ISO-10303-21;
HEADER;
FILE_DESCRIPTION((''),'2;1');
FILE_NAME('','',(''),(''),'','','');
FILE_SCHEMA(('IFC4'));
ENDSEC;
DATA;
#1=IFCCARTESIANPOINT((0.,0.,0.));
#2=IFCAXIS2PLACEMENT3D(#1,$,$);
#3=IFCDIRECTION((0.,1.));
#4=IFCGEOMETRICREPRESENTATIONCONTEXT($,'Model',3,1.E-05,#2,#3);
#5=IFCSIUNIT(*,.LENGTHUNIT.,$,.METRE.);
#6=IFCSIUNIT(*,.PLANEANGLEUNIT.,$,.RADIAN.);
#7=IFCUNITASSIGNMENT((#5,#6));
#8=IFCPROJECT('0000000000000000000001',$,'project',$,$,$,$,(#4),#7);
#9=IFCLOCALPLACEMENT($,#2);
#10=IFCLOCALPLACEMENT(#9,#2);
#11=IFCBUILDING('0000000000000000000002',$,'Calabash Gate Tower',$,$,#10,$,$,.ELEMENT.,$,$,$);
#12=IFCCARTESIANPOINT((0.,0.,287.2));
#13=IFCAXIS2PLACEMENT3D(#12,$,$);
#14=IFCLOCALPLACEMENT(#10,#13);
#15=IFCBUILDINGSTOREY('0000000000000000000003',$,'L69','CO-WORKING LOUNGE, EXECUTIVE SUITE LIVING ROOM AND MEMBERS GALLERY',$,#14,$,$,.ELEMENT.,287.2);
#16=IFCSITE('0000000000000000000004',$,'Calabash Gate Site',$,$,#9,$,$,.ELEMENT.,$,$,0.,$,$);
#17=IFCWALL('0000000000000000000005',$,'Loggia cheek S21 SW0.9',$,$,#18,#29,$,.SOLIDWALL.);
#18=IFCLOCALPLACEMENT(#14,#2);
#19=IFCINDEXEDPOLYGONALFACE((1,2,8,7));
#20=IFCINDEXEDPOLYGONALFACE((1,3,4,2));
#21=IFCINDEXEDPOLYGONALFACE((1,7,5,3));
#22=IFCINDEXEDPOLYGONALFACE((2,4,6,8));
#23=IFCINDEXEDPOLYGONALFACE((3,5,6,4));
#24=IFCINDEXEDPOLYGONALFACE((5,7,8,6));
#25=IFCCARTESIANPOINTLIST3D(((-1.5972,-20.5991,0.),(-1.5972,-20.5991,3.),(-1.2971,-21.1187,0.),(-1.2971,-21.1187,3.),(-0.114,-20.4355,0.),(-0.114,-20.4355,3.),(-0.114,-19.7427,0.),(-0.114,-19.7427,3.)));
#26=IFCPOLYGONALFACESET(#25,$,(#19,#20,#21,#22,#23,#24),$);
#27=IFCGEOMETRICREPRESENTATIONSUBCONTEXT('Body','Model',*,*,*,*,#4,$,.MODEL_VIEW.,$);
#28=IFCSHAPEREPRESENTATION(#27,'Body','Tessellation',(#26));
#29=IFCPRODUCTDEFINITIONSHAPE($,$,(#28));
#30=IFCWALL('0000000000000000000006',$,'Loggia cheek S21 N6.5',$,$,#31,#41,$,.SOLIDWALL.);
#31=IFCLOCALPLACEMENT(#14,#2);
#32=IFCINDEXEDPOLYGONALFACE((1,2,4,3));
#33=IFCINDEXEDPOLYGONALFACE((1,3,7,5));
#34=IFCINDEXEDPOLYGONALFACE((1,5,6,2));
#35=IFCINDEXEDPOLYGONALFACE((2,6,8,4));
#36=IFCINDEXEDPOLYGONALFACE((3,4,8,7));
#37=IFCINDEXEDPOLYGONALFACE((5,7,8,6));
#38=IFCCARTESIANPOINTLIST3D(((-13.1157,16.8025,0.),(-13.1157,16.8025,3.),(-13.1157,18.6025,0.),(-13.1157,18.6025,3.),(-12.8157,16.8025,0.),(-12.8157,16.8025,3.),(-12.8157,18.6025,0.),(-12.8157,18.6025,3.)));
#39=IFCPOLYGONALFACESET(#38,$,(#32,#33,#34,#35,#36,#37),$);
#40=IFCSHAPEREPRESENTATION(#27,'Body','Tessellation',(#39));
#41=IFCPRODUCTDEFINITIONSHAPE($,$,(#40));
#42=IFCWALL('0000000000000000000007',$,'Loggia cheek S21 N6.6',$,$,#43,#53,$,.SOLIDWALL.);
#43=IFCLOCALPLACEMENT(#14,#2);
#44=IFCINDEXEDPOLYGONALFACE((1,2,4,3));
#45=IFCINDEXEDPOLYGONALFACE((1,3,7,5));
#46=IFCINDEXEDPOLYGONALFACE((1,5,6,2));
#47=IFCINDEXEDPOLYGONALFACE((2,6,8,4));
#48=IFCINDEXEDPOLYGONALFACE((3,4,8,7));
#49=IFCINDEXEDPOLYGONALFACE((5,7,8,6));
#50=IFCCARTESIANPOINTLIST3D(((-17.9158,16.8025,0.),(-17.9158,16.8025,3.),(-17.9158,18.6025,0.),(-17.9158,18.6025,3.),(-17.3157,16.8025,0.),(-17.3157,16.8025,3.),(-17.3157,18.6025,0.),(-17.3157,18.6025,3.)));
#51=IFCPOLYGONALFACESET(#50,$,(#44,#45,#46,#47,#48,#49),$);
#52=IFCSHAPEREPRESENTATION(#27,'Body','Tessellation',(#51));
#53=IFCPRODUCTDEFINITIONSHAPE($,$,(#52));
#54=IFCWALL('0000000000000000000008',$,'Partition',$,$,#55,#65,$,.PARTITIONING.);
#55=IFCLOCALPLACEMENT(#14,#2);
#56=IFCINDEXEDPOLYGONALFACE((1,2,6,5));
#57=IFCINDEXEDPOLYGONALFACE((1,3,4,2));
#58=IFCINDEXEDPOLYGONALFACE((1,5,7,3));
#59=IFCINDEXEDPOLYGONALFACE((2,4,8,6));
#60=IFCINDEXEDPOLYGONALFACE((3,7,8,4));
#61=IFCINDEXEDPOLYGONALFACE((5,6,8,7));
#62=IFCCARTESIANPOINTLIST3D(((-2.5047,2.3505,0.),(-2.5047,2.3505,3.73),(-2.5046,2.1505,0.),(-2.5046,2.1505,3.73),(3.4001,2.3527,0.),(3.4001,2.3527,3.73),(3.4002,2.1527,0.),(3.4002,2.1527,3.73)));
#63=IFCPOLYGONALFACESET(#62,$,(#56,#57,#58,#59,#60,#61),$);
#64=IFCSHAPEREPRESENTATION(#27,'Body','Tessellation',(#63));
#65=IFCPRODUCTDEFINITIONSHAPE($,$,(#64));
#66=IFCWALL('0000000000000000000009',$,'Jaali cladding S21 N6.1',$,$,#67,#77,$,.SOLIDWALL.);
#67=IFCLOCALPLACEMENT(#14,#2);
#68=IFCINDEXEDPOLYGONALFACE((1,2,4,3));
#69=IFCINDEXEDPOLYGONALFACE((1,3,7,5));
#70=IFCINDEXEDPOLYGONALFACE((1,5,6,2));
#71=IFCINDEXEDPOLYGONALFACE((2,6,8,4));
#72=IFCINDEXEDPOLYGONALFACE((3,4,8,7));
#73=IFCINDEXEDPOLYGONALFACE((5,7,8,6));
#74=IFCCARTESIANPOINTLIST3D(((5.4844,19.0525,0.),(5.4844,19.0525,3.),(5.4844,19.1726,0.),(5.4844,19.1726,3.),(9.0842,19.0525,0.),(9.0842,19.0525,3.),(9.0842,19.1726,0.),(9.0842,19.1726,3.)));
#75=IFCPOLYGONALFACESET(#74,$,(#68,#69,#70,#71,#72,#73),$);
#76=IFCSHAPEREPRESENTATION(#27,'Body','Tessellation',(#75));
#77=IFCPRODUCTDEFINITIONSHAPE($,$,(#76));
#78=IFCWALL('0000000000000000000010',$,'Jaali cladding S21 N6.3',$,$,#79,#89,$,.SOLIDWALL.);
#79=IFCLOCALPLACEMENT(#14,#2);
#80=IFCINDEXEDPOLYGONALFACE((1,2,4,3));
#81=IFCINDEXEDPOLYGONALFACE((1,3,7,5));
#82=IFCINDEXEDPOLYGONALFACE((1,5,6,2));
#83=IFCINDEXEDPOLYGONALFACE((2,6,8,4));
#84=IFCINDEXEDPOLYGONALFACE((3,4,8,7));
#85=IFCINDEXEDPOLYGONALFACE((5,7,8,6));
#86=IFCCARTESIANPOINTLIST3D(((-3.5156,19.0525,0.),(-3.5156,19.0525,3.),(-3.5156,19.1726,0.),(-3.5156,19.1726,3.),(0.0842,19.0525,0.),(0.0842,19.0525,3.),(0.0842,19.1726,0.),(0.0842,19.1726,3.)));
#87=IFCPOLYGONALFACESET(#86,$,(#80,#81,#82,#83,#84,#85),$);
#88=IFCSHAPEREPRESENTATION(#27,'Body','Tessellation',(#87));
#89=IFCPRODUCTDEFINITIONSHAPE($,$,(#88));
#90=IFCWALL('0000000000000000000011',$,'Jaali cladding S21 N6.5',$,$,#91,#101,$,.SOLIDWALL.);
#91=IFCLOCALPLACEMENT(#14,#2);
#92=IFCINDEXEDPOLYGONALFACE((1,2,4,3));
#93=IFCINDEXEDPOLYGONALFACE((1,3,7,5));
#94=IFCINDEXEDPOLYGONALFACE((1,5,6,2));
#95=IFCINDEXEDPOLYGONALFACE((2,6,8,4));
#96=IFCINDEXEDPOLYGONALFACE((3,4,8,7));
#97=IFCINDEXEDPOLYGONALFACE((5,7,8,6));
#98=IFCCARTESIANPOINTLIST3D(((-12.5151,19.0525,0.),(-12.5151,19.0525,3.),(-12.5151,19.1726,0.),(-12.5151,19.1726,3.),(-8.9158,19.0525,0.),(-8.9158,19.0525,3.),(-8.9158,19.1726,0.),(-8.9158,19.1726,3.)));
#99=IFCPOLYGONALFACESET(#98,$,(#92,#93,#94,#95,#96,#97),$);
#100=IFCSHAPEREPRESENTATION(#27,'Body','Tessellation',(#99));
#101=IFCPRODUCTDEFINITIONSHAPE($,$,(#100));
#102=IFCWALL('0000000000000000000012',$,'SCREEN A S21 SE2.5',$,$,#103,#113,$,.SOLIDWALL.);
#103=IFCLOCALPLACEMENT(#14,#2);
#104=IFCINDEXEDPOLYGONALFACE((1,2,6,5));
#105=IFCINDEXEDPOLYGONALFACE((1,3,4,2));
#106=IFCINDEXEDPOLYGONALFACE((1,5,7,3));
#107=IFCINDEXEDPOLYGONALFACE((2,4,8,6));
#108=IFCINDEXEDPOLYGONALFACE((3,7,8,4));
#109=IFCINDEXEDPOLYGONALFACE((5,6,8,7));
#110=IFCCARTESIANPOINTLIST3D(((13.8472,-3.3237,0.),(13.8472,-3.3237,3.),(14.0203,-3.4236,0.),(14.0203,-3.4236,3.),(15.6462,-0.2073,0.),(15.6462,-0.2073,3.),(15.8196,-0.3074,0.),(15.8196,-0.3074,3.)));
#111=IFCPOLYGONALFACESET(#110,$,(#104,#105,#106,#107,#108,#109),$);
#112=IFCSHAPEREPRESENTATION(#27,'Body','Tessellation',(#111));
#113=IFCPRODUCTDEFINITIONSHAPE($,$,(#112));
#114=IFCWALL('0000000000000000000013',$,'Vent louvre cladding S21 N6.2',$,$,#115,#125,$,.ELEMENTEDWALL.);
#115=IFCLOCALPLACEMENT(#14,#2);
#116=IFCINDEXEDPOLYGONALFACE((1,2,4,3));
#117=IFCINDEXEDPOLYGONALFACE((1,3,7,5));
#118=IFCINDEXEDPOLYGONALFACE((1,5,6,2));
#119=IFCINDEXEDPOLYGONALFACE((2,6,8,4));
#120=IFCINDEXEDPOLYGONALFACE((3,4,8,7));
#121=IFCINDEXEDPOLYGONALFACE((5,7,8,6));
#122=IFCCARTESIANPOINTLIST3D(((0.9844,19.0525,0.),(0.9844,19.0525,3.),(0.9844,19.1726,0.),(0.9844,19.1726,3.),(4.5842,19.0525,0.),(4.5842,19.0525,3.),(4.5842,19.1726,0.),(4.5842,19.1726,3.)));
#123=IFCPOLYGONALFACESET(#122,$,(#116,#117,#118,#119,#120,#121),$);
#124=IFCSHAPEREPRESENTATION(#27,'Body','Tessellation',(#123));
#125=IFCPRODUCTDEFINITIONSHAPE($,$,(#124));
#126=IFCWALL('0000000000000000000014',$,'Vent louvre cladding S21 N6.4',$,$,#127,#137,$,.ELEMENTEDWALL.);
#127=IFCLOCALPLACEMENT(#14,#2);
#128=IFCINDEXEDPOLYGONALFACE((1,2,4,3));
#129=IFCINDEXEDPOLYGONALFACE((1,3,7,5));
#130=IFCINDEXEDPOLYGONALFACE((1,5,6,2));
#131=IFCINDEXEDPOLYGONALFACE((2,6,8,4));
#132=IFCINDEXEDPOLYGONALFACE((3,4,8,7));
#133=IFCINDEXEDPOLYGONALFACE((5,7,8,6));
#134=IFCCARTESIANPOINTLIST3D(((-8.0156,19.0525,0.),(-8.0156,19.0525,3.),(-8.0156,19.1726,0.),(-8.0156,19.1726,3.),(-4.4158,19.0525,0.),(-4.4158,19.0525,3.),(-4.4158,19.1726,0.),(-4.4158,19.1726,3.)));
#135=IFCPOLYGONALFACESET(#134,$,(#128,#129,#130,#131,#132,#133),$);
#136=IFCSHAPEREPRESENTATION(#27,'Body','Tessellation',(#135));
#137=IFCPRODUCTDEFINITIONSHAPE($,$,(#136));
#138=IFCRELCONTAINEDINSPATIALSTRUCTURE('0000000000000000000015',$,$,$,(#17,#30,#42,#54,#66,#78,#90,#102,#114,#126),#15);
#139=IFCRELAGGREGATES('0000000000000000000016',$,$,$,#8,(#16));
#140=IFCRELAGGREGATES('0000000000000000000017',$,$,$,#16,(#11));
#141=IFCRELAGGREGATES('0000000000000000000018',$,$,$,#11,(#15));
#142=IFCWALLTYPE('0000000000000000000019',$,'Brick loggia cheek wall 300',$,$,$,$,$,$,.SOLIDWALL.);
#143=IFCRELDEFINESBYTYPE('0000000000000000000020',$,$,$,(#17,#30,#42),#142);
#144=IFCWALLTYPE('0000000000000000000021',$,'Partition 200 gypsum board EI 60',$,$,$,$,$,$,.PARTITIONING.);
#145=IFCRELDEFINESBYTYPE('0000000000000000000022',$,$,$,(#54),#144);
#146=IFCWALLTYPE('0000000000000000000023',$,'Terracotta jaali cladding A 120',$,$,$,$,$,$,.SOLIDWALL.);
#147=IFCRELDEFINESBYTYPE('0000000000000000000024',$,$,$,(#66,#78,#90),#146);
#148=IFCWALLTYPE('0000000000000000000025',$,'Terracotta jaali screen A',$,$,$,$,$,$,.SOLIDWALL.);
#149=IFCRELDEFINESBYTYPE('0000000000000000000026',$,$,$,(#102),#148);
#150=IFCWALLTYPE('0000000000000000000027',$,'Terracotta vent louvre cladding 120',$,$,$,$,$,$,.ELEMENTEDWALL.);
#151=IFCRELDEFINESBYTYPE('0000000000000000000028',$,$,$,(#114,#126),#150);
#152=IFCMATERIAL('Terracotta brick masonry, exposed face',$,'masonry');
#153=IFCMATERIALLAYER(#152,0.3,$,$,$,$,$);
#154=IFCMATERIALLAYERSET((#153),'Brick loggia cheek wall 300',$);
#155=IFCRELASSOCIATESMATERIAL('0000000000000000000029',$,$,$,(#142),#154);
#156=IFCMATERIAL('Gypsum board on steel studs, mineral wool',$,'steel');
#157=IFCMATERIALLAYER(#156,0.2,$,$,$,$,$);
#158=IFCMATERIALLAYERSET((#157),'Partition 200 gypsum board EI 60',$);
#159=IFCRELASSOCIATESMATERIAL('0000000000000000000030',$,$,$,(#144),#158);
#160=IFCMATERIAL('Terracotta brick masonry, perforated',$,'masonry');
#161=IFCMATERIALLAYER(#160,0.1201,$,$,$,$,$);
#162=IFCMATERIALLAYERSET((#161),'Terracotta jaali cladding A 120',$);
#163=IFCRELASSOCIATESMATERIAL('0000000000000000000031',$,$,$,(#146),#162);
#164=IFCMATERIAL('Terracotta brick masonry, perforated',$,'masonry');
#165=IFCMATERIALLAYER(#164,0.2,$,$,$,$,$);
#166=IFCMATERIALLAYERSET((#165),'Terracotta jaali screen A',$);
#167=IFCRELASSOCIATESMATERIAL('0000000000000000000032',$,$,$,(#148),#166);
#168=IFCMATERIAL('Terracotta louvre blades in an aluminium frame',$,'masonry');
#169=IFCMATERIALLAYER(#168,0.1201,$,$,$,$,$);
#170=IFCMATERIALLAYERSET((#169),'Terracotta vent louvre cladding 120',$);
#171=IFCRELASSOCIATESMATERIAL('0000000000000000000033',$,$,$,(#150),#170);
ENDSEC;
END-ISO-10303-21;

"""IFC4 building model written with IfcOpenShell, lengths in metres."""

from ifc_helpers import new_model, si_unit, direction, frame, frame_2d, origin, place, context, subcontext, project, spatial, polyline, rectangle, outline, extrude, material, layer, layer_set, type_object, element, save


model = new_model("IFC4")

# Units and contexts
model_context = context("Model", 3, precision=1e-05, world=origin(), true_north=direction((0.0, 1.0)))
body_context = subcontext(model_context, "Body", "Model", "MODEL_VIEW")
ifc_project = project(units=[si_unit("LENGTHUNIT", "METRE"), si_unit("PLANEANGLEUNIT", "RADIAN")], contexts=[model_context])

# Site, building, storey
site_placement = place(None, origin())
site = spatial("IfcSite", under=ifc_project, at=site_placement, Name="Calabash Gate Site", CompositionType="ELEMENT", RefElevation=0.0)
building_placement = place(site_placement, origin())
building = spatial("IfcBuilding", under=site, at=building_placement, Name="Calabash Gate Tower", CompositionType="ELEMENT")
storey_placement = place(building_placement, frame((0.0, 0.0, 287.2)))
storey = spatial("IfcBuildingStorey", under=building, at=storey_placement, Name="L69", Description="CO-WORKING LOUNGE, EXECUTIVE SUITE LIVING ROOM AND MEMBERS GALLERY", CompositionType="ELEMENT", Elevation=287.2)

# Walls
ifc_material_1 = material(Name="Terracotta brick masonry, exposed face", Category="masonry")
ifc_layer_1 = layer(ifc_material_1, 0.3)
ifc_layer_set_1 = layer_set([ifc_layer_1], Name="Brick loggia cheek wall 300")
wall_type_1 = type_object("IfcWallType", Name="Brick loggia cheek wall 300", PredefinedType="SOLIDWALL", material=ifc_layer_set_1)
wall_1_placement = place(storey_placement, origin())
element("IfcWall", 1, at=wall_1_placement, inside=storey, type_object=wall_type_1, Name="Loggia cheek S21 SW0.9", PredefinedType="SOLIDWALL", context=body_context, shape_type="SweptSolid", body=[
    extrude(outline(polyline([(-1.2971, -21.1187), (-0.114, -20.4355), (-0.114, -19.7427), (-1.5972, -20.5991), (-1.2971, -21.1187)])), origin(), (0.0, 0.0, 1.0), 3.0),
])
wall_2_placement = place(storey_placement, origin())
element("IfcWall", 2, at=wall_2_placement, inside=storey, type_object=wall_type_1, Name="Loggia cheek S21 N6.5", PredefinedType="SOLIDWALL", context=body_context, shape_type="SweptSolid", body=[
    extrude(outline(polyline([(-12.8157, 16.8025), (-12.8157, 18.6025), (-13.1157, 18.6025), (-13.1157, 16.8025), (-12.8157, 16.8025)])), origin(), (0.0, 0.0, 1.0), 3.0),
])
wall_3_placement = place(storey_placement, origin())
element("IfcWall", 3, at=wall_3_placement, inside=storey, type_object=wall_type_1, Name="Loggia cheek S21 N6.6", PredefinedType="SOLIDWALL", context=body_context, shape_type="SweptSolid", body=[
    extrude(outline(polyline([(-17.9158, 18.6025), (-17.9158, 16.8025), (-17.3157, 16.8025), (-17.3157, 18.6025), (-17.9158, 18.6025)])), origin(), (0.0, 0.0, 1.0), 3.0),
])
ifc_material_2 = material(Name="Gypsum board on steel studs, mineral wool", Category="steel")
ifc_layer_2 = layer(ifc_material_2, 0.2)
ifc_layer_set_2 = layer_set([ifc_layer_2], Name="Partition 200 gypsum board EI 60")
wall_type_2 = type_object("IfcWallType", Name="Partition 200 gypsum board EI 60", PredefinedType="PARTITIONING", material=ifc_layer_set_2)
wall_4_placement = place(storey_placement, frame((-2.5046, 2.2505, 0.0), z_axis=(0.0, 0.0, 1.0), x_axis=(1.0, 0.000372, 0.0)))
element("IfcWall", 4, at=wall_4_placement, inside=storey, type_object=wall_type_2, Name="Partition", PredefinedType="PARTITIONING", context=body_context, shape_type="SweptSolid", body=[
    extrude(rectangle(XDim=5.9048, YDim=0.2, at=frame_2d((2.9524, 0.0))), origin(), (0.0, 0.0, 1.0), 3.73),
])
ifc_material_3 = material(Name="Terracotta brick masonry, perforated", Category="masonry")
ifc_layer_3 = layer(ifc_material_3, 0.1201)
ifc_layer_set_3 = layer_set([ifc_layer_3], Name="Terracotta jaali cladding A 120")
wall_type_3 = type_object("IfcWallType", Name="Terracotta jaali cladding A 120", PredefinedType="SOLIDWALL", material=ifc_layer_set_3)
wall_5_placement = place(storey_placement, origin())
element("IfcWall", 5, at=wall_5_placement, inside=storey, type_object=wall_type_3, Name="Jaali cladding S21 N6.1", PredefinedType="SOLIDWALL", context=body_context, shape_type="SweptSolid", body=[
    extrude(outline(polyline([(5.4844, 19.1726), (5.4844, 19.0525), (9.0842, 19.0525), (9.0842, 19.1726), (5.4844, 19.1726)])), origin(), (0.0, 0.0, 1.0), 3.0),
])
wall_6_placement = place(storey_placement, origin())
element("IfcWall", 6, at=wall_6_placement, inside=storey, type_object=wall_type_3, Name="Jaali cladding S21 N6.3", PredefinedType="SOLIDWALL", context=body_context, shape_type="SweptSolid", body=[
    extrude(outline(polyline([(-3.5156, 19.1726), (-3.5156, 19.0525), (0.0842, 19.0525), (0.0842, 19.1726), (-3.5156, 19.1726)])), origin(), (0.0, 0.0, 1.0), 3.0),
])
wall_7_placement = place(storey_placement, origin())
element("IfcWall", 7, at=wall_7_placement, inside=storey, type_object=wall_type_3, Name="Jaali cladding S21 N6.5", PredefinedType="SOLIDWALL", context=body_context, shape_type="SweptSolid", body=[
    extrude(outline(polyline([(-12.5151, 19.1726), (-12.5151, 19.0525), (-8.9158, 19.0525), (-8.9158, 19.1726), (-12.5151, 19.1726)])), origin(), (0.0, 0.0, 1.0), 3.0),
])
ifc_material_4 = material(Name="Terracotta brick masonry, perforated", Category="masonry")
ifc_layer_4 = layer(ifc_material_4, 0.2)
ifc_layer_set_4 = layer_set([ifc_layer_4], Name="Terracotta jaali screen A")
wall_type_4 = type_object("IfcWallType", Name="Terracotta jaali screen A", PredefinedType="SOLIDWALL", material=ifc_layer_set_4)
wall_8_placement = place(storey_placement, origin())
element("IfcWall", 8, at=wall_8_placement, inside=storey, type_object=wall_type_4, Name="SCREEN A S21 SE2.5", PredefinedType="SOLIDWALL", context=body_context, shape_type="SweptSolid", body=[
    extrude(outline(polyline([(15.6462, -0.2073), (13.8472, -3.3237), (14.0203, -3.4236), (15.8196, -0.3074), (15.6462, -0.2073)])), origin(), (0.0, 0.0, 1.0), 3.0),
])
ifc_material_5 = material(Name="Terracotta louvre blades in an aluminium frame", Category="masonry")
ifc_layer_5 = layer(ifc_material_5, 0.1201)
ifc_layer_set_5 = layer_set([ifc_layer_5], Name="Terracotta vent louvre cladding 120")
wall_type_5 = type_object("IfcWallType", Name="Terracotta vent louvre cladding 120", PredefinedType="ELEMENTEDWALL", material=ifc_layer_set_5)
wall_9_placement = place(storey_placement, origin())
element("IfcWall", 9, at=wall_9_placement, inside=storey, type_object=wall_type_5, Name="Vent louvre cladding S21 N6.2", PredefinedType="ELEMENTEDWALL", context=body_context, shape_type="SweptSolid", body=[
    extrude(outline(polyline([(0.9844, 19.1726), (0.9844, 19.0525), (4.5842, 19.0525), (4.5842, 19.1726), (0.9844, 19.1726)])), origin(), (0.0, 0.0, 1.0), 3.0),
])
wall_10_placement = place(storey_placement, origin())
element("IfcWall", 10, at=wall_10_placement, inside=storey, type_object=wall_type_5, Name="Vent louvre cladding S21 N6.4", PredefinedType="ELEMENTEDWALL", context=body_context, shape_type="SweptSolid", body=[
    extrude(outline(polyline([(-8.0156, 19.1726), (-8.0156, 19.0525), (-4.4158, 19.0525), (-4.4158, 19.1726), (-8.0156, 19.1726)])), origin(), (0.0, 0.0, 1.0), 3.0),
])

save(model, "model.ifc")
